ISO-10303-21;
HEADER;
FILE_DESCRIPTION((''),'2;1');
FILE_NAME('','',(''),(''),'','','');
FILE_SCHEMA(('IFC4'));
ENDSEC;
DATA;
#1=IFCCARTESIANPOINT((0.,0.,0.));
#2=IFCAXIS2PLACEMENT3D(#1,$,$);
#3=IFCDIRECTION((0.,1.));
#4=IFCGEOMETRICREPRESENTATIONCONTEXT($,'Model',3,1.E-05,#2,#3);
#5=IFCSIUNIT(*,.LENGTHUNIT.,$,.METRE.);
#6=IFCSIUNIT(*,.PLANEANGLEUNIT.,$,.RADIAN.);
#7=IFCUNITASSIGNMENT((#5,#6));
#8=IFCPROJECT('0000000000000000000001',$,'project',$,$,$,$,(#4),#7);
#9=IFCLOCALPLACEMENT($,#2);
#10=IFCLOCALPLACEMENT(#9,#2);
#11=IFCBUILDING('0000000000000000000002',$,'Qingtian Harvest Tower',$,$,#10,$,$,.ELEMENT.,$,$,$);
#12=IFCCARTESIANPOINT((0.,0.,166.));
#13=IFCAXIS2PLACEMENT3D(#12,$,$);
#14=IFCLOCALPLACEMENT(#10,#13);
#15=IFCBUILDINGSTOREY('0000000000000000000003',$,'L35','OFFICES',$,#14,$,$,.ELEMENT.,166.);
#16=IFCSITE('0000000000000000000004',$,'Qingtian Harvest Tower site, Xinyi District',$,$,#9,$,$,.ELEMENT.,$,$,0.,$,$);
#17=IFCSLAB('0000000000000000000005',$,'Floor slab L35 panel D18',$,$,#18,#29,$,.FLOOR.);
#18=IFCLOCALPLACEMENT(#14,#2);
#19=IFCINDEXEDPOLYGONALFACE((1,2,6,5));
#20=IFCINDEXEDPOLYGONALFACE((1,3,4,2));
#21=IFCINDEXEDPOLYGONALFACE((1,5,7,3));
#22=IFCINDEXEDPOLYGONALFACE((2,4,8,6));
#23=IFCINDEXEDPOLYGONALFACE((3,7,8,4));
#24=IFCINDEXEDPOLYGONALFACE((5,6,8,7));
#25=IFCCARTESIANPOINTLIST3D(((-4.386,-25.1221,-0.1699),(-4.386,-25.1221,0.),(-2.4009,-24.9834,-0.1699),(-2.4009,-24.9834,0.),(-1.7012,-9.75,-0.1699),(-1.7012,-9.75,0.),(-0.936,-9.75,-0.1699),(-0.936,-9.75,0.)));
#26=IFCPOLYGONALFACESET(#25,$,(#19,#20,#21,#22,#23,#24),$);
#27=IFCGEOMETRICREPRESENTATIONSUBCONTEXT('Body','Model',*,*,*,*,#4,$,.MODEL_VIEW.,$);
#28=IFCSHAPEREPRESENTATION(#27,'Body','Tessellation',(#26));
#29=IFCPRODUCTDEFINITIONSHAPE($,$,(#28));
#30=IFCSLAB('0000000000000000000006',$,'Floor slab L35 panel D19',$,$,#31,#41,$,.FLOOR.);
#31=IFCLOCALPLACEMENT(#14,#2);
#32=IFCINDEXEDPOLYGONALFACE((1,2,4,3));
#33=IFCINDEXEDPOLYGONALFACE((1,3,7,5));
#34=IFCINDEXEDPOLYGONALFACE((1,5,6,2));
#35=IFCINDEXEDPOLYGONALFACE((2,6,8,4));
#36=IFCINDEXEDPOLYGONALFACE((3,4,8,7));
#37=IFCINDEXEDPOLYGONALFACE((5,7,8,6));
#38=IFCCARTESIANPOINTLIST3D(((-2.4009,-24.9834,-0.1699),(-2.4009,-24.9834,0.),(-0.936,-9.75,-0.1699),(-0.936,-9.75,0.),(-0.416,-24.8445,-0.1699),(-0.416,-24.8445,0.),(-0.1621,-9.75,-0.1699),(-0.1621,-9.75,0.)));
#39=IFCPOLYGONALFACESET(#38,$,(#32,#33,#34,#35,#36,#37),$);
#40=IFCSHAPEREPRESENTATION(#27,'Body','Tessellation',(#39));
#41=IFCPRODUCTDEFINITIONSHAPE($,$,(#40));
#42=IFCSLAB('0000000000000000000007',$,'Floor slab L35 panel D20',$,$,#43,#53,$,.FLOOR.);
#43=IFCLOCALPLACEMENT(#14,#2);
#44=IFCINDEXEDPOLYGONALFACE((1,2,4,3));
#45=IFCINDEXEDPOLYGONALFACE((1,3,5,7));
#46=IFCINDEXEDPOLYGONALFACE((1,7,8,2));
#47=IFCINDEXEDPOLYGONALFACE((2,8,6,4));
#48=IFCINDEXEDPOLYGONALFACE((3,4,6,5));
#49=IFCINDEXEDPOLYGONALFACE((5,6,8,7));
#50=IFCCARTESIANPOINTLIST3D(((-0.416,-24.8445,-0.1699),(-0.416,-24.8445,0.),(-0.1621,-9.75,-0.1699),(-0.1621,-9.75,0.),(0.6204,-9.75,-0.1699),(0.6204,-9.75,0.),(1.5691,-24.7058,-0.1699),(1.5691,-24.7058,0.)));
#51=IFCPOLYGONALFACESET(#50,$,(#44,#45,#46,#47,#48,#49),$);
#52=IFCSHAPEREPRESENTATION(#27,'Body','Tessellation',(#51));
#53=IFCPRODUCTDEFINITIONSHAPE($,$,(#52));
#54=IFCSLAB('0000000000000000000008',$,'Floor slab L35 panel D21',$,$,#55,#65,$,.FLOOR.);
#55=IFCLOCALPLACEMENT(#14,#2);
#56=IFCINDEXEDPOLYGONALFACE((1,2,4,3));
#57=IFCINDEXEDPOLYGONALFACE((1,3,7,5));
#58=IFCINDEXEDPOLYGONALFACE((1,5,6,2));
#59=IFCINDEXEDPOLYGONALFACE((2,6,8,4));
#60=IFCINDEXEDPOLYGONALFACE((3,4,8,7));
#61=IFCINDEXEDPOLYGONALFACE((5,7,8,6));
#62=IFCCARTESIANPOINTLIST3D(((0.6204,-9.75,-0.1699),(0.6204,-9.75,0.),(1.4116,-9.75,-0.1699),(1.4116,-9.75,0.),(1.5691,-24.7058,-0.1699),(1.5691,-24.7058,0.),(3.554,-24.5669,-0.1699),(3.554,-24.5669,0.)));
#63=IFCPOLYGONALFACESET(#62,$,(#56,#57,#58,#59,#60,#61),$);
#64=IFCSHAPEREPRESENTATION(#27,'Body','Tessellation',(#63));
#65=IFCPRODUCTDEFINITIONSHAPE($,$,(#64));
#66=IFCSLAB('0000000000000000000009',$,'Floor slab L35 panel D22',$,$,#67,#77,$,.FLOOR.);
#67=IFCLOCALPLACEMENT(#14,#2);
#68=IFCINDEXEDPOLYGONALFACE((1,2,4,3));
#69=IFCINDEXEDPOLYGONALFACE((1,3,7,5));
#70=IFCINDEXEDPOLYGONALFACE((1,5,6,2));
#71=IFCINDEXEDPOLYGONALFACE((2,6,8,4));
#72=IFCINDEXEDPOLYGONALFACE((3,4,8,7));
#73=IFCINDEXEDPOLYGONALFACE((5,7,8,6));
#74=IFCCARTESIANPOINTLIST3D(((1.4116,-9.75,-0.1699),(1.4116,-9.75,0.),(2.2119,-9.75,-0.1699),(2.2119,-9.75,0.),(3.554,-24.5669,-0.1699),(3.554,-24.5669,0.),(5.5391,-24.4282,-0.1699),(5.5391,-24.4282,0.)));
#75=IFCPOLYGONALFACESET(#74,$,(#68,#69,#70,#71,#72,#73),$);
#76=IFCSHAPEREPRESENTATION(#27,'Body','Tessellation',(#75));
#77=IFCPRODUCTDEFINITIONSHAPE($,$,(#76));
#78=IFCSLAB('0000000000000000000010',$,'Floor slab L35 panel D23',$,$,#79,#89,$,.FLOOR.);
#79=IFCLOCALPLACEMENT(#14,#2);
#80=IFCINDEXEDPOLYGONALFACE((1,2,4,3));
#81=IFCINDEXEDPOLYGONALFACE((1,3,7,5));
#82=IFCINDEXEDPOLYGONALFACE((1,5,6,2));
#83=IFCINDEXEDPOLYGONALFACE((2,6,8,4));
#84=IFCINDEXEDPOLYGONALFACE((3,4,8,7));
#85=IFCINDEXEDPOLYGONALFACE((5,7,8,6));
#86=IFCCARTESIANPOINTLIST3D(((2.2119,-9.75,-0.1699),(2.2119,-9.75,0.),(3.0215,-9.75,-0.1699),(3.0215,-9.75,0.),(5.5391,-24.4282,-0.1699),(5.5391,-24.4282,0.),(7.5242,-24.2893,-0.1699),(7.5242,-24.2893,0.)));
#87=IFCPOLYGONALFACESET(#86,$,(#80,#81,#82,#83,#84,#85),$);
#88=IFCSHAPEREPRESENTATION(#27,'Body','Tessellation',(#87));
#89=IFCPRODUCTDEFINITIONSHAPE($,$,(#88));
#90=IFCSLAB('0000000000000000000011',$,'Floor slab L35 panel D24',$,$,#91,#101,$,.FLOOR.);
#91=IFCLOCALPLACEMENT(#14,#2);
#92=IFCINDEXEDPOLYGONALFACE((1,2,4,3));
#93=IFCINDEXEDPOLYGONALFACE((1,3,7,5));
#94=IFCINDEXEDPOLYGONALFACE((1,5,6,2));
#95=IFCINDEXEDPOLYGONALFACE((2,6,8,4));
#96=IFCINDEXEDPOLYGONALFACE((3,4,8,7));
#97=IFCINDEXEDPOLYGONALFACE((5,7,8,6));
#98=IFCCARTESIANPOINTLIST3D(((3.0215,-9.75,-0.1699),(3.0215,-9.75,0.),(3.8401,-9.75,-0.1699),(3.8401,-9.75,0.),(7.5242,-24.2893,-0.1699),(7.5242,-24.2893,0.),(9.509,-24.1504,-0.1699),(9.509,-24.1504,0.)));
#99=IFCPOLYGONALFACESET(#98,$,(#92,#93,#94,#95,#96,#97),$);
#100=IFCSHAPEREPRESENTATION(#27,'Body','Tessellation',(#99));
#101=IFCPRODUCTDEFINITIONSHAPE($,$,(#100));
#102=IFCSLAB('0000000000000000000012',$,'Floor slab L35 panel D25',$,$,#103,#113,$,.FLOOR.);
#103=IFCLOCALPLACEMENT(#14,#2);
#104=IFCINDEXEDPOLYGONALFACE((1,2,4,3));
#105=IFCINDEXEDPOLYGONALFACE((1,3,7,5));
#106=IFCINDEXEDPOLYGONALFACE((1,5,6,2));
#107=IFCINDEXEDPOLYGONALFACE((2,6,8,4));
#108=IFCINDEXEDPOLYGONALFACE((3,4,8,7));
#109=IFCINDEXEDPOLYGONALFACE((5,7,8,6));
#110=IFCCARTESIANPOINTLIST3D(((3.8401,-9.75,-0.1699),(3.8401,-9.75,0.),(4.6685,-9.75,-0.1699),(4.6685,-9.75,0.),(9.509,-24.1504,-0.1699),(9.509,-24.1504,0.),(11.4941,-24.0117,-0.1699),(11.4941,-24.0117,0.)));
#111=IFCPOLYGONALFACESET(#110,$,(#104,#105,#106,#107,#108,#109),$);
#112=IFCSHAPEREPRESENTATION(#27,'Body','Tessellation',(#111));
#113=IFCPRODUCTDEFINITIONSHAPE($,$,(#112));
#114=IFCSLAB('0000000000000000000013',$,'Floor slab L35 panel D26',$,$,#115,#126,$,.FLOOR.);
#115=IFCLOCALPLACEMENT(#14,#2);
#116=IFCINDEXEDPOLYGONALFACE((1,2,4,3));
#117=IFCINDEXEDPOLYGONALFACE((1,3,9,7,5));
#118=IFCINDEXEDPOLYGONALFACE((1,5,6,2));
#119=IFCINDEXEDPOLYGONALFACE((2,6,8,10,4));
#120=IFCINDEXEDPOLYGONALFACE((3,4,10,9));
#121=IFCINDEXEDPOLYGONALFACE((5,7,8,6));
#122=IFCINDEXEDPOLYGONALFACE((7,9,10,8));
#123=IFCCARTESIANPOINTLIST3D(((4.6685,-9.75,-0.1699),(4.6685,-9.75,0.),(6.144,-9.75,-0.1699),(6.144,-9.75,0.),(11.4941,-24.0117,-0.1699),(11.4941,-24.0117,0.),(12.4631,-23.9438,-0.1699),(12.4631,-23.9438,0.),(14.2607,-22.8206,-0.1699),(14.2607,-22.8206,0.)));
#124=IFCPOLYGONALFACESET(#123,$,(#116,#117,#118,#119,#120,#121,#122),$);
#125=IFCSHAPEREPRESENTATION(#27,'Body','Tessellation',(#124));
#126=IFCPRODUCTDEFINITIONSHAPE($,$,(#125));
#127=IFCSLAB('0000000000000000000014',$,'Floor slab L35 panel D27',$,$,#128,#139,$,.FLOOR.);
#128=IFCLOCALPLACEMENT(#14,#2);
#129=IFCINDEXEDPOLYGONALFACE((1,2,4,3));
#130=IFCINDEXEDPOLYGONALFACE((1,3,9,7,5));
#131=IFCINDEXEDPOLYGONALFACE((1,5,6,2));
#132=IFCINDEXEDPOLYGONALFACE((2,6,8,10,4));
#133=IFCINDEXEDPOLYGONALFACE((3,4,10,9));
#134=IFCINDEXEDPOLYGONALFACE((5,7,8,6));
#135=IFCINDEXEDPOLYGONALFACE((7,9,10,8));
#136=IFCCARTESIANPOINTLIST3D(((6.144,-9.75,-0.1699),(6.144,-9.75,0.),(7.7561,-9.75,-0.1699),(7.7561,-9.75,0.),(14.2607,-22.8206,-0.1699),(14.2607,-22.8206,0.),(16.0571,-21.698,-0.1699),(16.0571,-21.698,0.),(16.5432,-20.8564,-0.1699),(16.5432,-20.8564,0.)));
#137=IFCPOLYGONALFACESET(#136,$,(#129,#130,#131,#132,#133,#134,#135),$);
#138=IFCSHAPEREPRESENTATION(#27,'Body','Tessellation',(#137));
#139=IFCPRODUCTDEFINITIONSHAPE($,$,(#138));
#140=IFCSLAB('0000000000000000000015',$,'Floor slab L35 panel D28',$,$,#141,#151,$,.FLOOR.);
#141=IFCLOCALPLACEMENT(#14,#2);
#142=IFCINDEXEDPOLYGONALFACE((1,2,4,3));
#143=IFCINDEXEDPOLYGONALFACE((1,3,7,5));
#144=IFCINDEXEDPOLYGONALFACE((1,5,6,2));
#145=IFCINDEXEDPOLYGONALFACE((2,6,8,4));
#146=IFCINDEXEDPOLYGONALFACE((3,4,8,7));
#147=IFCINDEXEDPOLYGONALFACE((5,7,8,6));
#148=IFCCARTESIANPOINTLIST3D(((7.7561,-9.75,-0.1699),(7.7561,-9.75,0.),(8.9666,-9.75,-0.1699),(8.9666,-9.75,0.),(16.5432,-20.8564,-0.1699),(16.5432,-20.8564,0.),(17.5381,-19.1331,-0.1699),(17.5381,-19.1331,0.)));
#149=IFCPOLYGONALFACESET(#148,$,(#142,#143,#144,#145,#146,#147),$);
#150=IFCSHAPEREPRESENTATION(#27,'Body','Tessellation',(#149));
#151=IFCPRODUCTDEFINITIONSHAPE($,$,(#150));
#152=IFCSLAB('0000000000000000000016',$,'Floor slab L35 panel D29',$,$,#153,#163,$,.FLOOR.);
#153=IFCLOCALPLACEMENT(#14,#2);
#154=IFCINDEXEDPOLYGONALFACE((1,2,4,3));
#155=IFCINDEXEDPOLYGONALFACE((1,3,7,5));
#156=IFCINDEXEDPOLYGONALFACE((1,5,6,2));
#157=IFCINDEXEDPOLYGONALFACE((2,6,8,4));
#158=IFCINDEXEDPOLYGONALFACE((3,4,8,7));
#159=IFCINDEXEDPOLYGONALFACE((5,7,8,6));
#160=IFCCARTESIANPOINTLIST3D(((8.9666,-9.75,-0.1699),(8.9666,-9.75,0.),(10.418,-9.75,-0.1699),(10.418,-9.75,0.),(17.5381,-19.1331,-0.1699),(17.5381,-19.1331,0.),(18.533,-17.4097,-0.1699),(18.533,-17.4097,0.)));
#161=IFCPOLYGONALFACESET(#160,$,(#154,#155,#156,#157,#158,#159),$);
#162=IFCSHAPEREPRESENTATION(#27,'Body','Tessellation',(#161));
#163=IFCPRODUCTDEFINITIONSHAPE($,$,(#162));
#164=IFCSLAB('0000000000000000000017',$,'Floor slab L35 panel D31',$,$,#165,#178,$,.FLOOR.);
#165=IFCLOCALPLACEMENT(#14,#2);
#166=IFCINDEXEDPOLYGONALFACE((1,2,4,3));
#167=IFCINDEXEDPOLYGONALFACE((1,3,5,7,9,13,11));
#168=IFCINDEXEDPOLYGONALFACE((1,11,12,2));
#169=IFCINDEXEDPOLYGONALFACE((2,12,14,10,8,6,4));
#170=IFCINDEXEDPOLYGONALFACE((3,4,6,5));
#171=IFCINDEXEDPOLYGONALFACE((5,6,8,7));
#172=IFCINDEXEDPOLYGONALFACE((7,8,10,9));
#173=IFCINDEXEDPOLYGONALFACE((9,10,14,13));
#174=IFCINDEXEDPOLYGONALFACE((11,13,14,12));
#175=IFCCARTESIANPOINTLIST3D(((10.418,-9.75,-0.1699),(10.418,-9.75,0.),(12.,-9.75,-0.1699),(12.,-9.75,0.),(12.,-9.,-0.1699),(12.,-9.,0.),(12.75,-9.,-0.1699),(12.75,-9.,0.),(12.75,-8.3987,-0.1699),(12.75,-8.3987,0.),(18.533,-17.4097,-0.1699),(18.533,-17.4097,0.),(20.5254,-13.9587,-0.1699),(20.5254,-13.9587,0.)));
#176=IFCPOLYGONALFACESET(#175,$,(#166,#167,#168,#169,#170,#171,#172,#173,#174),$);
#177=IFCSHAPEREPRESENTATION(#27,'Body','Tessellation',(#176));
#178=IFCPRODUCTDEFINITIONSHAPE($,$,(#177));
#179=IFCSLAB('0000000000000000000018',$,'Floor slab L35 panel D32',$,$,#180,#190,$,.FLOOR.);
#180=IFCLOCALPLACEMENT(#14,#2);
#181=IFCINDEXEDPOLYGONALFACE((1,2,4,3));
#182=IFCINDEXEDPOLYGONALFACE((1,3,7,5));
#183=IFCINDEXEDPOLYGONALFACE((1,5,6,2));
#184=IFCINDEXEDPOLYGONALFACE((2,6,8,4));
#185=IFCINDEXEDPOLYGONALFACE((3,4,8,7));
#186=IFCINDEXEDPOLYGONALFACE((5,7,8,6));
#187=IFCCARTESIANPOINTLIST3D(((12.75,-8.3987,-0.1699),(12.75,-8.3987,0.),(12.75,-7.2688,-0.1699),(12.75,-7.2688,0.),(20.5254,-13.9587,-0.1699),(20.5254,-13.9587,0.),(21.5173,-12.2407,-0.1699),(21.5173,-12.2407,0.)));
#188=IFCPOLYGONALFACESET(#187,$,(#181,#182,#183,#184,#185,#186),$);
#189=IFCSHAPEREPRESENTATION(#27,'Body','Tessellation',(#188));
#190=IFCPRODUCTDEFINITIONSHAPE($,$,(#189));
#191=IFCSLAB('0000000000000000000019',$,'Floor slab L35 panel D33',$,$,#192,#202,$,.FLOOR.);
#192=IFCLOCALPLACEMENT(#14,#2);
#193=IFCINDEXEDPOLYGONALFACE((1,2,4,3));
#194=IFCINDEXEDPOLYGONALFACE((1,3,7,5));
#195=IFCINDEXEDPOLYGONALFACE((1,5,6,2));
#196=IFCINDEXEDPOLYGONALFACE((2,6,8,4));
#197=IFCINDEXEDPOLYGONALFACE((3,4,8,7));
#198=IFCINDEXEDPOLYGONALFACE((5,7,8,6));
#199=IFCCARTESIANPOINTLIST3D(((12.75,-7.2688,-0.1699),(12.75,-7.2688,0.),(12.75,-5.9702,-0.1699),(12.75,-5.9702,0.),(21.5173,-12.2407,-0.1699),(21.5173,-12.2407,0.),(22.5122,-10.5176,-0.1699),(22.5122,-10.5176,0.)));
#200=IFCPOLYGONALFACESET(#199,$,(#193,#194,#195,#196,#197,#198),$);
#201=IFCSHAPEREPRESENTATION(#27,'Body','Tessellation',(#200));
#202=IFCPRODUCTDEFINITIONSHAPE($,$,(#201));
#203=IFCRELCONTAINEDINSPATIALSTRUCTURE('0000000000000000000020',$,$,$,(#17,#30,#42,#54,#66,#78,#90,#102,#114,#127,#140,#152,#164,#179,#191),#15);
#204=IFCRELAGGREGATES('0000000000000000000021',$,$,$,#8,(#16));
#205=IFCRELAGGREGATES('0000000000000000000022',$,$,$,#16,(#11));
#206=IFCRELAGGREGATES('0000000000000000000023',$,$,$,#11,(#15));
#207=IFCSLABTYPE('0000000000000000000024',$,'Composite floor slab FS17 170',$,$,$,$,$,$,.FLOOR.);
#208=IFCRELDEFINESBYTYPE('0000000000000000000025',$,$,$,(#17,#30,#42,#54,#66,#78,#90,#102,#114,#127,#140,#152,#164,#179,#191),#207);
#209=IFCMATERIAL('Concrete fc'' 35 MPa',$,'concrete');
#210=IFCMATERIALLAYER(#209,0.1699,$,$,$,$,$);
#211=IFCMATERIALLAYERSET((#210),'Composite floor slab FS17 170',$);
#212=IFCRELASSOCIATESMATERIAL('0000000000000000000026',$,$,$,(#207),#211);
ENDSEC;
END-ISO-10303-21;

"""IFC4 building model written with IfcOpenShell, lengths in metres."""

from ifc_helpers import new_model, si_unit, direction, frame, origin, place, context, subcontext, project, spatial, polyline, outline, extrude, material, layer, layer_set, type_object, element, save


model = new_model("IFC4")

# Units and contexts
model_context = context("Model", 3, precision=1e-05, world=origin(), true_north=direction((0.0, 1.0)))
body_context = subcontext(model_context, "Body", "Model", "MODEL_VIEW")
ifc_project = project(units=[si_unit("LENGTHUNIT", "METRE"), si_unit("PLANEANGLEUNIT", "RADIAN")], contexts=[model_context])

# Site, building, storey
site_placement = place(None, origin())
site = spatial("IfcSite", under=ifc_project, at=site_placement, Name="Qingtian Harvest Tower site, Xinyi District", CompositionType="ELEMENT", RefElevation=0.0)
building_placement = place(site_placement, origin())
building = spatial("IfcBuilding", under=site, at=building_placement, Name="Qingtian Harvest Tower", CompositionType="ELEMENT")
storey_placement = place(building_placement, frame((0.0, 0.0, 166.0)))
storey = spatial("IfcBuildingStorey", under=building, at=storey_placement, Name="L35", Description="OFFICES", CompositionType="ELEMENT", Elevation=166.0)

# Slabs
ifc_material = material(Name="Concrete fc' 35 MPa", Category="concrete")
ifc_layer = layer(ifc_material, 0.1699)
ifc_layer_set = layer_set([ifc_layer], Name="Composite floor slab FS17 170")
slab_type = type_object("IfcSlabType", Name="Composite floor slab FS17 170", PredefinedType="FLOOR", material=ifc_layer_set)
slab_1_placement = place(storey_placement, frame((0.0, 0.0, -0.1699)))
element("IfcSlab", 1, at=slab_1_placement, inside=storey, type_object=slab_type, Name="Floor slab L35 panel D18", PredefinedType="FLOOR", context=body_context, shape_type="SweptSolid", body=[
    extrude(outline(polyline([(-0.936, -9.75), (-2.4009, -24.9834), (-4.386, -25.1221), (-1.7012, -9.75), (-0.936, -9.75)])), origin(), (0.0, 0.0, 1.0), 0.1699),
])
slab_2_placement = place(storey_placement, frame((0.0, 0.0, -0.1699)))
element("IfcSlab", 2, at=slab_2_placement, inside=storey, type_object=slab_type, Name="Floor slab L35 panel D19", PredefinedType="FLOOR", context=body_context, shape_type="SweptSolid", body=[
    extrude(outline(polyline([(-0.1621, -9.75), (-0.416, -24.8445), (-2.4009, -24.9834), (-0.936, -9.75), (-0.1621, -9.75)])), origin(), (0.0, 0.0, 1.0), 0.1699),
])
slab_3_placement = place(storey_placement, frame((0.0, 0.0, -0.1699)))
element("IfcSlab", 3, at=slab_3_placement, inside=storey, type_object=slab_type, Name="Floor slab L35 panel D20", PredefinedType="FLOOR", context=body_context, shape_type="SweptSolid", body=[
    extrude(outline(polyline([(0.6204, -9.75), (1.5691, -24.7058), (-0.416, -24.8445), (-0.1621, -9.75), (0.6204, -9.75)])), origin(), (0.0, 0.0, 1.0), 0.1699),
])
slab_4_placement = place(storey_placement, frame((0.0, 0.0, -0.1699)))
element("IfcSlab", 4, at=slab_4_placement, inside=storey, type_object=slab_type, Name="Floor slab L35 panel D21", PredefinedType="FLOOR", context=body_context, shape_type="SweptSolid", body=[
    extrude(outline(polyline([(1.4116, -9.75), (3.554, -24.5669), (1.5691, -24.7058), (0.6204, -9.75), (1.4116, -9.75)])), origin(), (0.0, 0.0, 1.0), 0.1699),
])
slab_5_placement = place(storey_placement, frame((0.0, 0.0, -0.1699)))
element("IfcSlab", 5, at=slab_5_placement, inside=storey, type_object=slab_type, Name="Floor slab L35 panel D22", PredefinedType="FLOOR", context=body_context, shape_type="SweptSolid", body=[
    extrude(outline(polyline([(2.2119, -9.75), (5.5391, -24.4282), (3.554, -24.5669), (1.4116, -9.75), (2.2119, -9.75)])), origin(), (0.0, 0.0, 1.0), 0.1699),
])
slab_6_placement = place(storey_placement, frame((0.0, 0.0, -0.1699)))
element("IfcSlab", 6, at=slab_6_placement, inside=storey, type_object=slab_type, Name="Floor slab L35 panel D23", PredefinedType="FLOOR", context=body_context, shape_type="SweptSolid", body=[
    extrude(outline(polyline([(3.0215, -9.75), (7.5242, -24.2893), (5.5391, -24.4282), (2.2119, -9.75), (3.0215, -9.75)])), origin(), (0.0, 0.0, 1.0), 0.1699),
])
slab_7_placement = place(storey_placement, frame((0.0, 0.0, -0.1699)))
element("IfcSlab", 7, at=slab_7_placement, inside=storey, type_object=slab_type, Name="Floor slab L35 panel D24", PredefinedType="FLOOR", context=body_context, shape_type="SweptSolid", body=[
    extrude(outline(polyline([(3.8401, -9.75), (9.509, -24.1504), (7.5242, -24.2893), (3.0215, -9.75), (3.8401, -9.75)])), origin(), (0.0, 0.0, 1.0), 0.1699),
])
slab_8_placement = place(storey_placement, frame((0.0, 0.0, -0.1699)))
element("IfcSlab", 8, at=slab_8_placement, inside=storey, type_object=slab_type, Name="Floor slab L35 panel D25", PredefinedType="FLOOR", context=body_context, shape_type="SweptSolid", body=[
    extrude(outline(polyline([(4.6685, -9.75), (11.4941, -24.0117), (9.509, -24.1504), (3.8401, -9.75), (4.6685, -9.75)])), origin(), (0.0, 0.0, 1.0), 0.1699),
])
slab_9_placement = place(storey_placement, frame((0.0, 0.0, -0.1699)))
element("IfcSlab", 9, at=slab_9_placement, inside=storey, type_object=slab_type, Name="Floor slab L35 panel D26", PredefinedType="FLOOR", context=body_context, shape_type="SweptSolid", body=[
    extrude(outline(polyline([(4.6685, -9.75), (6.144, -9.75), (14.2607, -22.8206), (12.4631, -23.9438), (11.4941, -24.0117), (4.6685, -9.75)])), origin(), (0.0, 0.0, 1.0), 0.1699),
])
slab_10_placement = place(storey_placement, frame((0.0, 0.0, -0.1699)))
element("IfcSlab", 10, at=slab_10_placement, inside=storey, type_object=slab_type, Name="Floor slab L35 panel D27", PredefinedType="FLOOR", context=body_context, shape_type="SweptSolid", body=[
    extrude(outline(polyline([(6.144, -9.75), (7.7561, -9.75), (16.5432, -20.8564), (16.0571, -21.698), (14.2607, -22.8206), (6.144, -9.75)])), origin(), (0.0, 0.0, 1.0), 0.1699),
])
slab_11_placement = place(storey_placement, frame((0.0, 0.0, -0.1699)))
element("IfcSlab", 11, at=slab_11_placement, inside=storey, type_object=slab_type, Name="Floor slab L35 panel D28", PredefinedType="FLOOR", context=body_context, shape_type="SweptSolid", body=[
    extrude(outline(polyline([(8.9666, -9.75), (17.5381, -19.1331), (16.5432, -20.8564), (7.7561, -9.75), (8.9666, -9.75)])), origin(), (0.0, 0.0, 1.0), 0.1699),
])
slab_12_placement = place(storey_placement, frame((0.0, 0.0, -0.1699)))
element("IfcSlab", 12, at=slab_12_placement, inside=storey, type_object=slab_type, Name="Floor slab L35 panel D29", PredefinedType="FLOOR", context=body_context, shape_type="SweptSolid", body=[
    extrude(outline(polyline([(10.418, -9.75), (18.533, -17.4097), (17.5381, -19.1331), (8.9666, -9.75), (10.418, -9.75)])), origin(), (0.0, 0.0, 1.0), 0.1699),
])
slab_13_placement = place(storey_placement, frame((0.0, 0.0, -0.1699)))
element("IfcSlab", 13, at=slab_13_placement, inside=storey, type_object=slab_type, Name="Floor slab L35 panel D31", PredefinedType="FLOOR", context=body_context, shape_type="SweptSolid", body=[
    extrude(outline(polyline([(12.75, -8.3987), (20.5254, -13.9587), (18.533, -17.4097), (10.418, -9.75), (12.0, -9.75), (12.0, -9.0), (12.75, -9.0), (12.75, -8.3987)])), origin(), (0.0, 0.0, 1.0), 0.1699),
])
slab_14_placement = place(storey_placement, frame((0.0, 0.0, -0.1699)))
element("IfcSlab", 14, at=slab_14_placement, inside=storey, type_object=slab_type, Name="Floor slab L35 panel D32", PredefinedType="FLOOR", context=body_context, shape_type="SweptSolid", body=[
    extrude(outline(polyline([(12.75, -7.2688), (21.5173, -12.2407), (20.5254, -13.9587), (12.75, -8.3987), (12.75, -7.2688)])), origin(), (0.0, 0.0, 1.0), 0.1699),
])
slab_15_placement = place(storey_placement, frame((0.0, 0.0, -0.1699)))
element("IfcSlab", 15, at=slab_15_placement, inside=storey, type_object=slab_type, Name="Floor slab L35 panel D33", PredefinedType="FLOOR", context=body_context, shape_type="SweptSolid", body=[
    extrude(outline(polyline([(12.75, -5.9702), (22.5122, -10.5176), (21.5173, -12.2407), (12.75, -7.2688), (12.75, -5.9702)])), origin(), (0.0, 0.0, 1.0), 0.1699),
])

save(model, "model.ifc")
